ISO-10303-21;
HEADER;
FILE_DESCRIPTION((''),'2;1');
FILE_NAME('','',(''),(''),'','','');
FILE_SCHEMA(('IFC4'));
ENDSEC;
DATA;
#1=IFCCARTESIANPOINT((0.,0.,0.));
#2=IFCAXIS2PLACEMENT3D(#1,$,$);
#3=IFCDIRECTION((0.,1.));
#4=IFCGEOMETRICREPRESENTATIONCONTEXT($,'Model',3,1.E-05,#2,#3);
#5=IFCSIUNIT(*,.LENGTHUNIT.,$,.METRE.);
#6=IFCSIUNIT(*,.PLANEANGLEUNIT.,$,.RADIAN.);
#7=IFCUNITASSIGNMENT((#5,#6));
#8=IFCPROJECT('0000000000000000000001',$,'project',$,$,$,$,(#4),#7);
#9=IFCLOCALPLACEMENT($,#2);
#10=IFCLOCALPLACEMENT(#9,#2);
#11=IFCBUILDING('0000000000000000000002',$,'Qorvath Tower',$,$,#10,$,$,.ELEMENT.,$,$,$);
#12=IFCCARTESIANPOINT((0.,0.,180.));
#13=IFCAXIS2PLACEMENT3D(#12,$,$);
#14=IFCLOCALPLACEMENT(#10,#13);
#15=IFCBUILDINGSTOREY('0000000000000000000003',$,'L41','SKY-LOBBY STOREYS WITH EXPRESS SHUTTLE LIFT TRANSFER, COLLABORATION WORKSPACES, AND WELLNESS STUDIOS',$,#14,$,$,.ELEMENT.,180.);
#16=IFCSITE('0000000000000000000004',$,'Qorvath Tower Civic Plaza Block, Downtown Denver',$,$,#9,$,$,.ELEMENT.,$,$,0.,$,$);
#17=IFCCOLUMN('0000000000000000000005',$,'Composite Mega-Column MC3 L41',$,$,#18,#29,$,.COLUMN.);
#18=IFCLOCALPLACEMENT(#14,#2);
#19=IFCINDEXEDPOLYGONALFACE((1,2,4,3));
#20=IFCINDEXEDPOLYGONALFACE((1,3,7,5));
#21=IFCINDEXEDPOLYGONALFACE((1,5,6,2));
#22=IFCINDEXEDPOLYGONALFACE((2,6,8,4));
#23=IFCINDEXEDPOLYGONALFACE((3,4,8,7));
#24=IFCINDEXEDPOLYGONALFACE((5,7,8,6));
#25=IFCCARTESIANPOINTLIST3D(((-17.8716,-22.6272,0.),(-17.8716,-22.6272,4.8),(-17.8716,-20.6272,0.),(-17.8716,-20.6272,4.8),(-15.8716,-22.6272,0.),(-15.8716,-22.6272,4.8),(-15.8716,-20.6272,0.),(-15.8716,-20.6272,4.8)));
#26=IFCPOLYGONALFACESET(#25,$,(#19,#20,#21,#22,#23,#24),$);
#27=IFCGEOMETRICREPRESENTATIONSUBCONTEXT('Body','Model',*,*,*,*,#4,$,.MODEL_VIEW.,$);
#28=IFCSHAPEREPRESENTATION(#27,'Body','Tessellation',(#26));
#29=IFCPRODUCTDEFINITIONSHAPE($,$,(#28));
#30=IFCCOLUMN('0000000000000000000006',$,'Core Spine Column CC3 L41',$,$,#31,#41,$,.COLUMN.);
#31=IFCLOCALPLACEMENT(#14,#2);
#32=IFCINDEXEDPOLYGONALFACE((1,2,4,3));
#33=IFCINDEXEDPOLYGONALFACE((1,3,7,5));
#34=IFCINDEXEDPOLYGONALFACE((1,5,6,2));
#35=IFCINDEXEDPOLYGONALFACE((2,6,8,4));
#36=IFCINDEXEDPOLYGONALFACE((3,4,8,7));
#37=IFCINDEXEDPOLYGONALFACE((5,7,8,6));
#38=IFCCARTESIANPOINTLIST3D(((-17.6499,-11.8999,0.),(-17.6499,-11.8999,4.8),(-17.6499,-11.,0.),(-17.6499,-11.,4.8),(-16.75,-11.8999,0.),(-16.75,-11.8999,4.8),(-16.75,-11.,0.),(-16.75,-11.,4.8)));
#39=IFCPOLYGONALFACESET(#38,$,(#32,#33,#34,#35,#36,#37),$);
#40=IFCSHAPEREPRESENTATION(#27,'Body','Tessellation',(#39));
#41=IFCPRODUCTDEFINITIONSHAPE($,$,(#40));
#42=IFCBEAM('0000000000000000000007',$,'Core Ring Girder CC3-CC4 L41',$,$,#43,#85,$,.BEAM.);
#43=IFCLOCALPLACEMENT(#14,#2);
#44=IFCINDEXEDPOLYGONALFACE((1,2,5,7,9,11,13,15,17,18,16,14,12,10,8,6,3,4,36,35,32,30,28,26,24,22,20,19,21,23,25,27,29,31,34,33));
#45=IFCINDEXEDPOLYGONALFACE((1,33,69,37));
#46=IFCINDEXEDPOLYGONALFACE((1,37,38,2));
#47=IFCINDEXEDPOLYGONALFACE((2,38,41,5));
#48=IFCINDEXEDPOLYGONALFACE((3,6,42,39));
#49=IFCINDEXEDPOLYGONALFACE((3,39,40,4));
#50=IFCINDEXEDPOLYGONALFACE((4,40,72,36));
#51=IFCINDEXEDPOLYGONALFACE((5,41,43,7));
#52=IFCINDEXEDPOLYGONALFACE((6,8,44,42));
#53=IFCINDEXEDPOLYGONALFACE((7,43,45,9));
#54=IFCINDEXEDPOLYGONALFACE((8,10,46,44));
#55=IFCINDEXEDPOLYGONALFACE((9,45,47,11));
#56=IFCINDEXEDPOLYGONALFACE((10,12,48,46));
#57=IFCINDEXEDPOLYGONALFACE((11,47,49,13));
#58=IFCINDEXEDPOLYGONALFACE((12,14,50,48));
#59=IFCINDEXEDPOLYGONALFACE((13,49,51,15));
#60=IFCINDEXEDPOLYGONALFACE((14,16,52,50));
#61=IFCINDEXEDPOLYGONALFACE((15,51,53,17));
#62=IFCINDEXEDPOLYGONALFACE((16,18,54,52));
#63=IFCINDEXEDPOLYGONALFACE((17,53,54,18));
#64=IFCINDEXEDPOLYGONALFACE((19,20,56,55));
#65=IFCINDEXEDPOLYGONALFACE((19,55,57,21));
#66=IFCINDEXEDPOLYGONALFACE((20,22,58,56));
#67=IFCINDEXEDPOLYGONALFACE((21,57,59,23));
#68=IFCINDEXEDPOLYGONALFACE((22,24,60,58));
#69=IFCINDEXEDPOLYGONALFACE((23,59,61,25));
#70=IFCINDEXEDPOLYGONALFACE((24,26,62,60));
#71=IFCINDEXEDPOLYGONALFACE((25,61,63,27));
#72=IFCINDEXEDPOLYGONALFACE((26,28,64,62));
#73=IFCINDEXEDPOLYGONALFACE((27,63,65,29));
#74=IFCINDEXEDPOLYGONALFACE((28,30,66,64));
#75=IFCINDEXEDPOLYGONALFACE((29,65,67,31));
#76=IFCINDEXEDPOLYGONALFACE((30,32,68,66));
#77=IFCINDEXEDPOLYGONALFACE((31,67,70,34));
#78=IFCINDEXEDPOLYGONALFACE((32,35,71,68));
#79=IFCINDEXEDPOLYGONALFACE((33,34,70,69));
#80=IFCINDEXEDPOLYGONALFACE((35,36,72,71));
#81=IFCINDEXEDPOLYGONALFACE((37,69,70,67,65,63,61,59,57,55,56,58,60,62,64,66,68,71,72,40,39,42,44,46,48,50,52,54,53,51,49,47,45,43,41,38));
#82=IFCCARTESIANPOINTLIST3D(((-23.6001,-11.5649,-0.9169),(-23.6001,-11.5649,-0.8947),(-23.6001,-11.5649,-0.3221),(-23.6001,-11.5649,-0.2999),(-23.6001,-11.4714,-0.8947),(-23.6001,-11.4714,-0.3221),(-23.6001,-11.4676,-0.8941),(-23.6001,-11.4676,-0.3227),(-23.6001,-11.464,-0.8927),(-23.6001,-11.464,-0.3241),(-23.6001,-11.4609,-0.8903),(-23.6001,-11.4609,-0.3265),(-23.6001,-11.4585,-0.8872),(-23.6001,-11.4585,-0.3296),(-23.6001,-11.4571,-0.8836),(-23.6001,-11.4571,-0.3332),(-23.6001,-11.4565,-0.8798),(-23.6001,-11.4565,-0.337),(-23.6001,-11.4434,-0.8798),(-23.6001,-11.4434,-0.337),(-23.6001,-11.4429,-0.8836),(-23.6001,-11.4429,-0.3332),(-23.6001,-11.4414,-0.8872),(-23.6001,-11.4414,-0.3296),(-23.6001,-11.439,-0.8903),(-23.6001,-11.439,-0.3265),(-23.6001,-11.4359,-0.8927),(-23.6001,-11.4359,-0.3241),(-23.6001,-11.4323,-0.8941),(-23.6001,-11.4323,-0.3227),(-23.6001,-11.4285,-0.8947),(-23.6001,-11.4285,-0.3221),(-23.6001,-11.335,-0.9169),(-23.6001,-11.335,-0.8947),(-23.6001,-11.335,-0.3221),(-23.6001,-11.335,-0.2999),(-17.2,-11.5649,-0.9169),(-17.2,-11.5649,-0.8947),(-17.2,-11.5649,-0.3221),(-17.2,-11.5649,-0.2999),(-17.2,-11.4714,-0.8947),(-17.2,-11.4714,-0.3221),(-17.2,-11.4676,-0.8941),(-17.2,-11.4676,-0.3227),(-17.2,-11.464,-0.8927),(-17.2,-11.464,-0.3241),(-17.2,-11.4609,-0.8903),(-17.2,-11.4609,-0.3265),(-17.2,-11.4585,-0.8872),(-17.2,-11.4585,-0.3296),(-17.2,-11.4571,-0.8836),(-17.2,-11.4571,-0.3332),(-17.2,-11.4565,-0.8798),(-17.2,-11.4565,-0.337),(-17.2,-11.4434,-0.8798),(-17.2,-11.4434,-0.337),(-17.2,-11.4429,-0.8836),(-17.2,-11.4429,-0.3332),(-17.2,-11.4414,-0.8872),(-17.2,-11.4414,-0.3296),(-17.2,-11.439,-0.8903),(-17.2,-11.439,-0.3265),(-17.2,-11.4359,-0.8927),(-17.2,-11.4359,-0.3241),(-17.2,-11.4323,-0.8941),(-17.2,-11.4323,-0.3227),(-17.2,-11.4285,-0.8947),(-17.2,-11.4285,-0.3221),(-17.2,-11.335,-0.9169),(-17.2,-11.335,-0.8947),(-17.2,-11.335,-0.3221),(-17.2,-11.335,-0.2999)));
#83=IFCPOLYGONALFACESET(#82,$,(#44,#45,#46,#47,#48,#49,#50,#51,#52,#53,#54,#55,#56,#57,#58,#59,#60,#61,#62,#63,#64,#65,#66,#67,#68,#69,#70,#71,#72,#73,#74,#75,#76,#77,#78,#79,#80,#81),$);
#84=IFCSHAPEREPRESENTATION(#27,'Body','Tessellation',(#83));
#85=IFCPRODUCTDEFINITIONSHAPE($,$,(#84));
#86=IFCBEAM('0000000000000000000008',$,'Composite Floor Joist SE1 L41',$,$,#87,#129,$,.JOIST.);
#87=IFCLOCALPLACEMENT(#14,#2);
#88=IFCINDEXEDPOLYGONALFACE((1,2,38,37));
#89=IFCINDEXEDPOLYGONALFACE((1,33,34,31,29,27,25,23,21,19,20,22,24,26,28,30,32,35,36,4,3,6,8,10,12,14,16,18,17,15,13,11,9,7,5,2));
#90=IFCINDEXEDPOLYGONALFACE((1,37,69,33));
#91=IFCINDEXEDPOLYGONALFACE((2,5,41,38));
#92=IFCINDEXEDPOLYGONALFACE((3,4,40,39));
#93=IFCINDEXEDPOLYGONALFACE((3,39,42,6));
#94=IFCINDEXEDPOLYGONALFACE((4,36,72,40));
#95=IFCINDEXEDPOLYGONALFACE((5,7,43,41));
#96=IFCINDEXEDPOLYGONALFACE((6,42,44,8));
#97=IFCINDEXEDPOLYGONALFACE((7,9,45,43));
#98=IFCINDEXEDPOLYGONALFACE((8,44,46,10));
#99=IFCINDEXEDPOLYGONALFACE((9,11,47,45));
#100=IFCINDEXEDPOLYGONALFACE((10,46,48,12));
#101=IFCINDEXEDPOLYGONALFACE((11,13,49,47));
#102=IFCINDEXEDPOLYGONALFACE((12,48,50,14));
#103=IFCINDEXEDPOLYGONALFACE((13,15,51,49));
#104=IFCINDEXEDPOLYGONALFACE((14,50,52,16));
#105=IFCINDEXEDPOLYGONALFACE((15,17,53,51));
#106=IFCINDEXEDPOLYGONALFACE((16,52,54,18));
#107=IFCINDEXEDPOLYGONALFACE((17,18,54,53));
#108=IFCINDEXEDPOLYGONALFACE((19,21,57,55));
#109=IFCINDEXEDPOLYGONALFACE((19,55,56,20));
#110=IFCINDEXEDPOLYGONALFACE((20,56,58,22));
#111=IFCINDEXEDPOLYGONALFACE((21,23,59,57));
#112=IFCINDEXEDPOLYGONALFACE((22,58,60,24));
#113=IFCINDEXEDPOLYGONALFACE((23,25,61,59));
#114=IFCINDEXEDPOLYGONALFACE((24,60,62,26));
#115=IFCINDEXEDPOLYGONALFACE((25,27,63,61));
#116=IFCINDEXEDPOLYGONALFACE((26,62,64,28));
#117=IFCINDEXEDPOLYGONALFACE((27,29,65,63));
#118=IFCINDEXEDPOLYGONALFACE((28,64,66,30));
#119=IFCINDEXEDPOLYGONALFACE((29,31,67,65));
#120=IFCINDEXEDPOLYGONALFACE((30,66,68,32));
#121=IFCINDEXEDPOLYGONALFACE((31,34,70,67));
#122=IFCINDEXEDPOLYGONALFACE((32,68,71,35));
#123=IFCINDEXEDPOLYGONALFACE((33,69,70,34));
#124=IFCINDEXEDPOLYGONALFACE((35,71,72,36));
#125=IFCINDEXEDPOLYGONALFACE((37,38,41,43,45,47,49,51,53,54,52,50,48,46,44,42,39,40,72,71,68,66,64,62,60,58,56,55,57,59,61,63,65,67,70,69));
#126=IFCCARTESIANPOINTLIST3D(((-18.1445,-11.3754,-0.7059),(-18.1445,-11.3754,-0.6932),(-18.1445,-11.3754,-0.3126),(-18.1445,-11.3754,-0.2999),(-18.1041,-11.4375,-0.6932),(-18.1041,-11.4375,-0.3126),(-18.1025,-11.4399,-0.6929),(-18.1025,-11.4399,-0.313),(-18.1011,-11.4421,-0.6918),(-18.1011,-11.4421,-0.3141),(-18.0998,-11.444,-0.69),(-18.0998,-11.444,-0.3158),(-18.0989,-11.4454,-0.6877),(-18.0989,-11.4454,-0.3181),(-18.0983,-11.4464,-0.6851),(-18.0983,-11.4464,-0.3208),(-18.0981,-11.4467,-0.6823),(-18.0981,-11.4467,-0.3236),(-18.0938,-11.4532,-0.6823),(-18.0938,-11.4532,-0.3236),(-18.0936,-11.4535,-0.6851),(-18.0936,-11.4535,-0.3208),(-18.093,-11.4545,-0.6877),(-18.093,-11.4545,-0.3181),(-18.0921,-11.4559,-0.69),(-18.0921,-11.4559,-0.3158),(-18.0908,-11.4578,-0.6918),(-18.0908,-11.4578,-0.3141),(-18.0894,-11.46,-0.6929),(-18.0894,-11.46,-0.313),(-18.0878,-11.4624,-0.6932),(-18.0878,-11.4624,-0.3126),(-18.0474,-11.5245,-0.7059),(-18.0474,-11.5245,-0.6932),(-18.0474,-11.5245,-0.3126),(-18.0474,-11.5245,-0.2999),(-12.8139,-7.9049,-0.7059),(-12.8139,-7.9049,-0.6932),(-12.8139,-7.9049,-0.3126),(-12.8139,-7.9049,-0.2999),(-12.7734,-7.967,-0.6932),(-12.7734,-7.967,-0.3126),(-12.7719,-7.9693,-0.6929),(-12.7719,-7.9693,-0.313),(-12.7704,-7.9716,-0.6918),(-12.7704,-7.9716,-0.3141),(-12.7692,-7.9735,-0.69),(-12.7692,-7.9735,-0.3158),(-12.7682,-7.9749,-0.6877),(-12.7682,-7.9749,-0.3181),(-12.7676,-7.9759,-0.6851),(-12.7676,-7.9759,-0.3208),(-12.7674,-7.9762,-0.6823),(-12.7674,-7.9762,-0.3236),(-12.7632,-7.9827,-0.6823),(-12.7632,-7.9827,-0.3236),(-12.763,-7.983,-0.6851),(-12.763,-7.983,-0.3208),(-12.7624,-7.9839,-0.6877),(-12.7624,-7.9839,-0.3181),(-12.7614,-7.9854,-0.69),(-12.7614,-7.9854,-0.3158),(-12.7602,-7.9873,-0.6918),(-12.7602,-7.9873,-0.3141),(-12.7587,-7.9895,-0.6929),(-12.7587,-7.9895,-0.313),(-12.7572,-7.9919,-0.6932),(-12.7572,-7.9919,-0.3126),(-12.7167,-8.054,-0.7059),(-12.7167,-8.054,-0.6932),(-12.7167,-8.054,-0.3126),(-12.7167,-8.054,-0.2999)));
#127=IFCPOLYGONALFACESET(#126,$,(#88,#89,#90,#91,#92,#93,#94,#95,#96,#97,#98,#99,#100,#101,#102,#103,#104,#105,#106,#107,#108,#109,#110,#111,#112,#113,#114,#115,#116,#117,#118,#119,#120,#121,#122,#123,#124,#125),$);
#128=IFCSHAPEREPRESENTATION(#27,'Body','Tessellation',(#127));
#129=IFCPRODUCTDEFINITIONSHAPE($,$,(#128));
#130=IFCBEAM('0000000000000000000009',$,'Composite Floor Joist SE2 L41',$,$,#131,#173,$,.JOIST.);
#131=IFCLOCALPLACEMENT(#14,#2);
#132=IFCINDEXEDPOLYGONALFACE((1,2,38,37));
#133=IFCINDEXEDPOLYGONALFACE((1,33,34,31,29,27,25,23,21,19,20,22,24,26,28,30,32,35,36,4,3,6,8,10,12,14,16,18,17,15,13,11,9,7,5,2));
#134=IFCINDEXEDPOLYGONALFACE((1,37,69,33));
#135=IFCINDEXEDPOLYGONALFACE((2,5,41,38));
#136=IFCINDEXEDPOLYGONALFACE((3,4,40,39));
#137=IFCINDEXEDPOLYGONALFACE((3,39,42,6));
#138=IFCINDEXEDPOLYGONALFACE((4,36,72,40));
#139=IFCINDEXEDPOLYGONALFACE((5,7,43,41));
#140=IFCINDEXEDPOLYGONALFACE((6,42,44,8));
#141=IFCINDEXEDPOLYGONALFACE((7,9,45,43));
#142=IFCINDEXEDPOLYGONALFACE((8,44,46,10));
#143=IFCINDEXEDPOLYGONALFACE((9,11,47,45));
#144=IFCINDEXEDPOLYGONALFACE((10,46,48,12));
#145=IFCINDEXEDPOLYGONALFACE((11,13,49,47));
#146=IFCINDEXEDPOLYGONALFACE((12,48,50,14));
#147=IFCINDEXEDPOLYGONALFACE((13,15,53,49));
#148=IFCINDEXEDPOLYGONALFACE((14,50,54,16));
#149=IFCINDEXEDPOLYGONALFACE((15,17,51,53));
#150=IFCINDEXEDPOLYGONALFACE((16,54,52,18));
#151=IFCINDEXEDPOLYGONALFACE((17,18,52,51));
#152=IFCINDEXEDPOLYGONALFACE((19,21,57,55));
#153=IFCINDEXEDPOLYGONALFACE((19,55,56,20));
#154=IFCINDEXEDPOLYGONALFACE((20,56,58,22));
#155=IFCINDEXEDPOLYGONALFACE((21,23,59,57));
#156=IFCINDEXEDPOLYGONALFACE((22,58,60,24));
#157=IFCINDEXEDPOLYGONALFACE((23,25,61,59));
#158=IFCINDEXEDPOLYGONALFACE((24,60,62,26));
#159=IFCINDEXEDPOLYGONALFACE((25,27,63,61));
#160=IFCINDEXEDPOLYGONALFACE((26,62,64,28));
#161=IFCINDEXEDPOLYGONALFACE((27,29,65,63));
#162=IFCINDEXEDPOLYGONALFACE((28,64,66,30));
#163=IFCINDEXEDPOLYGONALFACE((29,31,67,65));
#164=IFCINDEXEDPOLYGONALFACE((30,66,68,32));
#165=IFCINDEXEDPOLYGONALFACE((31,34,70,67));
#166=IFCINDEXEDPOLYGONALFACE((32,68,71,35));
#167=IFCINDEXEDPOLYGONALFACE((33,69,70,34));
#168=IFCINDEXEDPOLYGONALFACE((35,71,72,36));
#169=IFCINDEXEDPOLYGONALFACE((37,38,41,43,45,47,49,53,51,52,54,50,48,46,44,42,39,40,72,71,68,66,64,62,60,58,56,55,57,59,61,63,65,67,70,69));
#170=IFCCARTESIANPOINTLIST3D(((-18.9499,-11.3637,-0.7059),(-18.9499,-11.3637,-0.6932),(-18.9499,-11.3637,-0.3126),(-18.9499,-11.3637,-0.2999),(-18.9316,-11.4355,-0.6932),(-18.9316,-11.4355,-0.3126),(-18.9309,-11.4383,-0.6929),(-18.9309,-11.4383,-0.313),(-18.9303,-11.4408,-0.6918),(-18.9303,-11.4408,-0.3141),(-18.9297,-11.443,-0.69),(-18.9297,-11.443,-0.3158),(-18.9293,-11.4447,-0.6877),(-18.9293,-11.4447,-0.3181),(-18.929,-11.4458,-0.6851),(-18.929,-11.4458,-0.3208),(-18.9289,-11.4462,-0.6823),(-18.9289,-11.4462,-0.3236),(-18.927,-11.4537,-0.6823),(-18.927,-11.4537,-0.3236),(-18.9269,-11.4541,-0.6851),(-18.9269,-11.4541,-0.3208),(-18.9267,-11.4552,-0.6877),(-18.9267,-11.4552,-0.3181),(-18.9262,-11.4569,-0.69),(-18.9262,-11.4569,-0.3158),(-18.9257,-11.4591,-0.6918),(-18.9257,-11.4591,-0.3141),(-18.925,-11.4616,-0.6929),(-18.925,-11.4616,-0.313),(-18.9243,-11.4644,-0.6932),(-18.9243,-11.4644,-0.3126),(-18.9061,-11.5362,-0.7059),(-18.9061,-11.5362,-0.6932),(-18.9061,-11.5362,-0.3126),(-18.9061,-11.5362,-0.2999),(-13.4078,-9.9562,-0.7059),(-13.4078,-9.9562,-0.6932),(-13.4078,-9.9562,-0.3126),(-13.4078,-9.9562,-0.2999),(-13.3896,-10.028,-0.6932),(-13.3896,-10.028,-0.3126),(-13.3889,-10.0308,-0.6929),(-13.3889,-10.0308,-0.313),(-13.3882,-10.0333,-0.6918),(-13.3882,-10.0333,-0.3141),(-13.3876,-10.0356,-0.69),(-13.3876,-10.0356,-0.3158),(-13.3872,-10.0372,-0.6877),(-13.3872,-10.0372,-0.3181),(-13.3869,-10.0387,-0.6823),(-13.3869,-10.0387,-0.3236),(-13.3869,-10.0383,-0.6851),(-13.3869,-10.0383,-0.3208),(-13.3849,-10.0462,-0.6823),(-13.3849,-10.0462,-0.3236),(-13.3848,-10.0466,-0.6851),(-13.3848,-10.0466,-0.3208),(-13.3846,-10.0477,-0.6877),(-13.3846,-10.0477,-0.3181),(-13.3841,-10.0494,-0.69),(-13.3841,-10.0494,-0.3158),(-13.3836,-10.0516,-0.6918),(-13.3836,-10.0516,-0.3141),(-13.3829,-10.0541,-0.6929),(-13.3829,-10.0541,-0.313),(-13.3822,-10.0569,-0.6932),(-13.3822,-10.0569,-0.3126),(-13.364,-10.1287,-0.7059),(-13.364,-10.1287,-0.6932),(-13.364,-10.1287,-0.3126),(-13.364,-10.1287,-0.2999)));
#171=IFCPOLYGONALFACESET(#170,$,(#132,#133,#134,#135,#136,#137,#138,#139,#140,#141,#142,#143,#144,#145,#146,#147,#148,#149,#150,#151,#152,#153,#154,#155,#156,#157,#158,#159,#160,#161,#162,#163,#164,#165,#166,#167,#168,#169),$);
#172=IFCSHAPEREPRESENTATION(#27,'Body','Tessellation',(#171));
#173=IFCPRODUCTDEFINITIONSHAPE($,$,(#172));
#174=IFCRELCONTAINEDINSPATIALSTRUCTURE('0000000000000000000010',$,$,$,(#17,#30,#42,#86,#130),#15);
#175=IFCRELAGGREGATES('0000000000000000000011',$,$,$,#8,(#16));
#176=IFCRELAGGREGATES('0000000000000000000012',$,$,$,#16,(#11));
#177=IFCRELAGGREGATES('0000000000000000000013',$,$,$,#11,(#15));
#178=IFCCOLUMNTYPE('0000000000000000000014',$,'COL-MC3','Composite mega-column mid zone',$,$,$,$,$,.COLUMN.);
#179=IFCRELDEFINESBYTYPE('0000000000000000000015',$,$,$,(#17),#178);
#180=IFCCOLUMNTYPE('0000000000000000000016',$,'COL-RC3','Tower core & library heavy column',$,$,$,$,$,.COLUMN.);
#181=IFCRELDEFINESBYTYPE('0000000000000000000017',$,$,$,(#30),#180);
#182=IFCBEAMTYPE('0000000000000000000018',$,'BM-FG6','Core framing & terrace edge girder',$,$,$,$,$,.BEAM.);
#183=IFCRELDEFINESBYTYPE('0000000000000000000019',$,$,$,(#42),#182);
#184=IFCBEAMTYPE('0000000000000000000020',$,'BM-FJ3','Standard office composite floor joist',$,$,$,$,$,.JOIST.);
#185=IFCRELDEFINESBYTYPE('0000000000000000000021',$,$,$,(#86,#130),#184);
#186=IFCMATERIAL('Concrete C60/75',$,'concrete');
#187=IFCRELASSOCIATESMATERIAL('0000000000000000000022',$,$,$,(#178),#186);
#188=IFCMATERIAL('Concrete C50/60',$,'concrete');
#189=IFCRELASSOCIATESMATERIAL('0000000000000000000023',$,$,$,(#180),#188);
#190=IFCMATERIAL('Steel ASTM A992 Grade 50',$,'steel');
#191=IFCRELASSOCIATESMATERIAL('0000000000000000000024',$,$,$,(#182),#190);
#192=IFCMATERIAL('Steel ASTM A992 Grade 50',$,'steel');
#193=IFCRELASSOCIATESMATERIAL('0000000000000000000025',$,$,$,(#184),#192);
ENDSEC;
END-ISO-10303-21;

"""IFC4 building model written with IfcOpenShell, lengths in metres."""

from ifc_helpers import new_model, si_unit, direction, frame, origin, origin_2d, place, context, subcontext, project, spatial, rectangle, i_section, extrude, material, material_profile, profile_set, type_object, element, save


model = new_model("IFC4")

# Units and contexts
model_context = context("Model", 3, precision=1e-05, world=origin(), true_north=direction((0.0, 1.0)))
body_context = subcontext(model_context, "Body", "Model", "MODEL_VIEW")
ifc_project = project(units=[si_unit("LENGTHUNIT", "METRE"), si_unit("PLANEANGLEUNIT", "RADIAN")], contexts=[model_context])

# Site, building, storey
site_placement = place(None, origin())
site = spatial("IfcSite", under=ifc_project, at=site_placement, Name="Qorvath Tower Civic Plaza Block, Downtown Denver", CompositionType="ELEMENT", RefElevation=0.0)
building_placement = place(site_placement, origin())
building = spatial("IfcBuilding", under=site, at=building_placement, Name="Qorvath Tower", CompositionType="ELEMENT")
storey_placement = place(building_placement, frame((0.0, 0.0, 180.0)))
storey = spatial("IfcBuildingStorey", under=building, at=storey_placement, Name="L41", Description="SKY-LOBBY STOREYS WITH EXPRESS SHUTTLE LIFT TRANSFER, COLLABORATION WORKSPACES, AND WELLNESS STUDIOS", CompositionType="ELEMENT", Elevation=180.0)

# Columns
ifc_material_1 = material(Name="Concrete C60/75", Category="concrete")
ifc_material_profile_1 = material_profile(ifc_material_1, rectangle(XDim=2.0, YDim=2.0, at=origin_2d()), Name="MC 2000x2000")
ifc_profile_set_1 = profile_set([ifc_material_profile_1], Name="Concrete C60/75")
column_type_1 = type_object("IfcColumnType", Name="COL-MC3", Description="Composite mega-column mid zone", PredefinedType="COLUMN", material=ifc_profile_set_1)
column_1_placement = place(storey_placement, frame((-16.8716, -21.6272, 0.0), z_axis=(0.0, 0.0, 1.0), x_axis=(1.0, 0.0, 0.0)))
element("IfcColumn", 1, at=column_1_placement, inside=storey, type_object=column_type_1, Name="Composite Mega-Column MC3 L41", PredefinedType="COLUMN", context=body_context, shape_type="SweptSolid", body=[
    extrude(rectangle(XDim=2.0, YDim=2.0, at=origin_2d()), origin(), (0.0, 0.0, 1.0), 4.8),
])
ifc_material_2 = material(Name="Concrete C50/60", Category="concrete")
ifc_material_profile_2 = material_profile(ifc_material_2, rectangle(XDim=0.8999, YDim=0.8999, at=origin_2d()), Name="RC 900x900")
ifc_profile_set_2 = profile_set([ifc_material_profile_2], Name="Concrete C50/60")
column_type_2 = type_object("IfcColumnType", Name="COL-RC3", Description="Tower core & library heavy column", PredefinedType="COLUMN", material=ifc_profile_set_2)
column_2_placement = place(storey_placement, frame((-17.2, -11.45, 0.0), z_axis=(0.0, 0.0, 1.0), x_axis=(1.0, 0.0, 0.0)))
element("IfcColumn", 2, at=column_2_placement, inside=storey, type_object=column_type_2, Name="Core Spine Column CC3 L41", PredefinedType="COLUMN", context=body_context, shape_type="SweptSolid", body=[
    extrude(rectangle(XDim=0.8999, YDim=0.8999, at=origin_2d()), origin(), (0.0, 0.0, 1.0), 4.8),
])

# Beams
ifc_material_3 = material(Name="Steel ASTM A992 Grade 50", Category="steel")
ifc_material_profile_3 = material_profile(ifc_material_3, i_section(OverallWidth=0.23, OverallDepth=0.6169, WebThickness=0.0132, FlangeThickness=0.0222, FilletRadius=0.0149, at=origin_2d()), Name="W24x94")
ifc_profile_set_3 = profile_set([ifc_material_profile_3], Name="Steel ASTM A992 Grade 50")
beam_type_1 = type_object("IfcBeamType", Name="BM-FG6", Description="Core framing & terrace edge girder", PredefinedType="BEAM", material=ifc_profile_set_3)
beam_1_placement = place(storey_placement, frame((-17.2, -11.45, -0.6084), z_axis=(-1.0, 0.0, 0.0), x_axis=(0.0, -1.0, 0.0)))
element("IfcBeam", 3, at=beam_1_placement, inside=storey, type_object=beam_type_1, Name="Core Ring Girder CC3-CC4 L41", PredefinedType="BEAM", context=body_context, shape_type="SweptSolid", body=[
    extrude(i_section(OverallWidth=0.23, OverallDepth=0.6169, WebThickness=0.0132, FlangeThickness=0.0222, FilletRadius=0.0149, at=origin_2d()), origin(), (0.0, 0.0, 1.0), 6.4001),
])
ifc_material_4 = material(Name="Steel ASTM A992 Grade 50", Category="steel")
ifc_material_profile_4 = material_profile(ifc_material_4, i_section(OverallWidth=0.178, OverallDepth=0.406, WebThickness=0.0078, FlangeThickness=0.0127, FilletRadius=0.011, at=origin_2d()), Name="W16x40")
ifc_profile_set_4 = profile_set([ifc_material_profile_4], Name="Steel ASTM A992 Grade 50")
beam_type_2 = type_object("IfcBeamType", Name="BM-FJ3", Description="Standard office composite floor joist", PredefinedType="JOIST", material=ifc_profile_set_4)
beam_2_placement = place(storey_placement, frame((-18.0959, -11.45, -0.5029), z_axis=(0.838042, 0.545606, 0.0), x_axis=(-0.545606, 0.838042, 0.0)))
element("IfcBeam", 4, at=beam_2_placement, inside=storey, type_object=beam_type_2, Name="Composite Floor Joist SE1 L41", PredefinedType="JOIST", context=body_context, shape_type="SweptSolid", body=[
    extrude(i_section(OverallWidth=0.178, OverallDepth=0.406, WebThickness=0.0078, FlangeThickness=0.0127, FilletRadius=0.011, at=origin_2d()), origin(), (0.0, 0.0, 1.0), 6.3608),
])
beam_3_placement = place(storey_placement, frame((-18.928, -11.45, -0.5029), z_axis=(0.969232, 0.246151, 0.0), x_axis=(-0.246151, 0.969232, 0.0)))
element("IfcBeam", 5, at=beam_3_placement, inside=storey, type_object=beam_type_2, Name="Composite Floor Joist SE2 L41", PredefinedType="JOIST", context=body_context, shape_type="SweptSolid", body=[
    extrude(i_section(OverallWidth=0.178, OverallDepth=0.406, WebThickness=0.0078, FlangeThickness=0.0127, FilletRadius=0.011, at=origin_2d()), origin(), (0.0, 0.0, 1.0), 5.718),
])

save(model, "model.ifc")
